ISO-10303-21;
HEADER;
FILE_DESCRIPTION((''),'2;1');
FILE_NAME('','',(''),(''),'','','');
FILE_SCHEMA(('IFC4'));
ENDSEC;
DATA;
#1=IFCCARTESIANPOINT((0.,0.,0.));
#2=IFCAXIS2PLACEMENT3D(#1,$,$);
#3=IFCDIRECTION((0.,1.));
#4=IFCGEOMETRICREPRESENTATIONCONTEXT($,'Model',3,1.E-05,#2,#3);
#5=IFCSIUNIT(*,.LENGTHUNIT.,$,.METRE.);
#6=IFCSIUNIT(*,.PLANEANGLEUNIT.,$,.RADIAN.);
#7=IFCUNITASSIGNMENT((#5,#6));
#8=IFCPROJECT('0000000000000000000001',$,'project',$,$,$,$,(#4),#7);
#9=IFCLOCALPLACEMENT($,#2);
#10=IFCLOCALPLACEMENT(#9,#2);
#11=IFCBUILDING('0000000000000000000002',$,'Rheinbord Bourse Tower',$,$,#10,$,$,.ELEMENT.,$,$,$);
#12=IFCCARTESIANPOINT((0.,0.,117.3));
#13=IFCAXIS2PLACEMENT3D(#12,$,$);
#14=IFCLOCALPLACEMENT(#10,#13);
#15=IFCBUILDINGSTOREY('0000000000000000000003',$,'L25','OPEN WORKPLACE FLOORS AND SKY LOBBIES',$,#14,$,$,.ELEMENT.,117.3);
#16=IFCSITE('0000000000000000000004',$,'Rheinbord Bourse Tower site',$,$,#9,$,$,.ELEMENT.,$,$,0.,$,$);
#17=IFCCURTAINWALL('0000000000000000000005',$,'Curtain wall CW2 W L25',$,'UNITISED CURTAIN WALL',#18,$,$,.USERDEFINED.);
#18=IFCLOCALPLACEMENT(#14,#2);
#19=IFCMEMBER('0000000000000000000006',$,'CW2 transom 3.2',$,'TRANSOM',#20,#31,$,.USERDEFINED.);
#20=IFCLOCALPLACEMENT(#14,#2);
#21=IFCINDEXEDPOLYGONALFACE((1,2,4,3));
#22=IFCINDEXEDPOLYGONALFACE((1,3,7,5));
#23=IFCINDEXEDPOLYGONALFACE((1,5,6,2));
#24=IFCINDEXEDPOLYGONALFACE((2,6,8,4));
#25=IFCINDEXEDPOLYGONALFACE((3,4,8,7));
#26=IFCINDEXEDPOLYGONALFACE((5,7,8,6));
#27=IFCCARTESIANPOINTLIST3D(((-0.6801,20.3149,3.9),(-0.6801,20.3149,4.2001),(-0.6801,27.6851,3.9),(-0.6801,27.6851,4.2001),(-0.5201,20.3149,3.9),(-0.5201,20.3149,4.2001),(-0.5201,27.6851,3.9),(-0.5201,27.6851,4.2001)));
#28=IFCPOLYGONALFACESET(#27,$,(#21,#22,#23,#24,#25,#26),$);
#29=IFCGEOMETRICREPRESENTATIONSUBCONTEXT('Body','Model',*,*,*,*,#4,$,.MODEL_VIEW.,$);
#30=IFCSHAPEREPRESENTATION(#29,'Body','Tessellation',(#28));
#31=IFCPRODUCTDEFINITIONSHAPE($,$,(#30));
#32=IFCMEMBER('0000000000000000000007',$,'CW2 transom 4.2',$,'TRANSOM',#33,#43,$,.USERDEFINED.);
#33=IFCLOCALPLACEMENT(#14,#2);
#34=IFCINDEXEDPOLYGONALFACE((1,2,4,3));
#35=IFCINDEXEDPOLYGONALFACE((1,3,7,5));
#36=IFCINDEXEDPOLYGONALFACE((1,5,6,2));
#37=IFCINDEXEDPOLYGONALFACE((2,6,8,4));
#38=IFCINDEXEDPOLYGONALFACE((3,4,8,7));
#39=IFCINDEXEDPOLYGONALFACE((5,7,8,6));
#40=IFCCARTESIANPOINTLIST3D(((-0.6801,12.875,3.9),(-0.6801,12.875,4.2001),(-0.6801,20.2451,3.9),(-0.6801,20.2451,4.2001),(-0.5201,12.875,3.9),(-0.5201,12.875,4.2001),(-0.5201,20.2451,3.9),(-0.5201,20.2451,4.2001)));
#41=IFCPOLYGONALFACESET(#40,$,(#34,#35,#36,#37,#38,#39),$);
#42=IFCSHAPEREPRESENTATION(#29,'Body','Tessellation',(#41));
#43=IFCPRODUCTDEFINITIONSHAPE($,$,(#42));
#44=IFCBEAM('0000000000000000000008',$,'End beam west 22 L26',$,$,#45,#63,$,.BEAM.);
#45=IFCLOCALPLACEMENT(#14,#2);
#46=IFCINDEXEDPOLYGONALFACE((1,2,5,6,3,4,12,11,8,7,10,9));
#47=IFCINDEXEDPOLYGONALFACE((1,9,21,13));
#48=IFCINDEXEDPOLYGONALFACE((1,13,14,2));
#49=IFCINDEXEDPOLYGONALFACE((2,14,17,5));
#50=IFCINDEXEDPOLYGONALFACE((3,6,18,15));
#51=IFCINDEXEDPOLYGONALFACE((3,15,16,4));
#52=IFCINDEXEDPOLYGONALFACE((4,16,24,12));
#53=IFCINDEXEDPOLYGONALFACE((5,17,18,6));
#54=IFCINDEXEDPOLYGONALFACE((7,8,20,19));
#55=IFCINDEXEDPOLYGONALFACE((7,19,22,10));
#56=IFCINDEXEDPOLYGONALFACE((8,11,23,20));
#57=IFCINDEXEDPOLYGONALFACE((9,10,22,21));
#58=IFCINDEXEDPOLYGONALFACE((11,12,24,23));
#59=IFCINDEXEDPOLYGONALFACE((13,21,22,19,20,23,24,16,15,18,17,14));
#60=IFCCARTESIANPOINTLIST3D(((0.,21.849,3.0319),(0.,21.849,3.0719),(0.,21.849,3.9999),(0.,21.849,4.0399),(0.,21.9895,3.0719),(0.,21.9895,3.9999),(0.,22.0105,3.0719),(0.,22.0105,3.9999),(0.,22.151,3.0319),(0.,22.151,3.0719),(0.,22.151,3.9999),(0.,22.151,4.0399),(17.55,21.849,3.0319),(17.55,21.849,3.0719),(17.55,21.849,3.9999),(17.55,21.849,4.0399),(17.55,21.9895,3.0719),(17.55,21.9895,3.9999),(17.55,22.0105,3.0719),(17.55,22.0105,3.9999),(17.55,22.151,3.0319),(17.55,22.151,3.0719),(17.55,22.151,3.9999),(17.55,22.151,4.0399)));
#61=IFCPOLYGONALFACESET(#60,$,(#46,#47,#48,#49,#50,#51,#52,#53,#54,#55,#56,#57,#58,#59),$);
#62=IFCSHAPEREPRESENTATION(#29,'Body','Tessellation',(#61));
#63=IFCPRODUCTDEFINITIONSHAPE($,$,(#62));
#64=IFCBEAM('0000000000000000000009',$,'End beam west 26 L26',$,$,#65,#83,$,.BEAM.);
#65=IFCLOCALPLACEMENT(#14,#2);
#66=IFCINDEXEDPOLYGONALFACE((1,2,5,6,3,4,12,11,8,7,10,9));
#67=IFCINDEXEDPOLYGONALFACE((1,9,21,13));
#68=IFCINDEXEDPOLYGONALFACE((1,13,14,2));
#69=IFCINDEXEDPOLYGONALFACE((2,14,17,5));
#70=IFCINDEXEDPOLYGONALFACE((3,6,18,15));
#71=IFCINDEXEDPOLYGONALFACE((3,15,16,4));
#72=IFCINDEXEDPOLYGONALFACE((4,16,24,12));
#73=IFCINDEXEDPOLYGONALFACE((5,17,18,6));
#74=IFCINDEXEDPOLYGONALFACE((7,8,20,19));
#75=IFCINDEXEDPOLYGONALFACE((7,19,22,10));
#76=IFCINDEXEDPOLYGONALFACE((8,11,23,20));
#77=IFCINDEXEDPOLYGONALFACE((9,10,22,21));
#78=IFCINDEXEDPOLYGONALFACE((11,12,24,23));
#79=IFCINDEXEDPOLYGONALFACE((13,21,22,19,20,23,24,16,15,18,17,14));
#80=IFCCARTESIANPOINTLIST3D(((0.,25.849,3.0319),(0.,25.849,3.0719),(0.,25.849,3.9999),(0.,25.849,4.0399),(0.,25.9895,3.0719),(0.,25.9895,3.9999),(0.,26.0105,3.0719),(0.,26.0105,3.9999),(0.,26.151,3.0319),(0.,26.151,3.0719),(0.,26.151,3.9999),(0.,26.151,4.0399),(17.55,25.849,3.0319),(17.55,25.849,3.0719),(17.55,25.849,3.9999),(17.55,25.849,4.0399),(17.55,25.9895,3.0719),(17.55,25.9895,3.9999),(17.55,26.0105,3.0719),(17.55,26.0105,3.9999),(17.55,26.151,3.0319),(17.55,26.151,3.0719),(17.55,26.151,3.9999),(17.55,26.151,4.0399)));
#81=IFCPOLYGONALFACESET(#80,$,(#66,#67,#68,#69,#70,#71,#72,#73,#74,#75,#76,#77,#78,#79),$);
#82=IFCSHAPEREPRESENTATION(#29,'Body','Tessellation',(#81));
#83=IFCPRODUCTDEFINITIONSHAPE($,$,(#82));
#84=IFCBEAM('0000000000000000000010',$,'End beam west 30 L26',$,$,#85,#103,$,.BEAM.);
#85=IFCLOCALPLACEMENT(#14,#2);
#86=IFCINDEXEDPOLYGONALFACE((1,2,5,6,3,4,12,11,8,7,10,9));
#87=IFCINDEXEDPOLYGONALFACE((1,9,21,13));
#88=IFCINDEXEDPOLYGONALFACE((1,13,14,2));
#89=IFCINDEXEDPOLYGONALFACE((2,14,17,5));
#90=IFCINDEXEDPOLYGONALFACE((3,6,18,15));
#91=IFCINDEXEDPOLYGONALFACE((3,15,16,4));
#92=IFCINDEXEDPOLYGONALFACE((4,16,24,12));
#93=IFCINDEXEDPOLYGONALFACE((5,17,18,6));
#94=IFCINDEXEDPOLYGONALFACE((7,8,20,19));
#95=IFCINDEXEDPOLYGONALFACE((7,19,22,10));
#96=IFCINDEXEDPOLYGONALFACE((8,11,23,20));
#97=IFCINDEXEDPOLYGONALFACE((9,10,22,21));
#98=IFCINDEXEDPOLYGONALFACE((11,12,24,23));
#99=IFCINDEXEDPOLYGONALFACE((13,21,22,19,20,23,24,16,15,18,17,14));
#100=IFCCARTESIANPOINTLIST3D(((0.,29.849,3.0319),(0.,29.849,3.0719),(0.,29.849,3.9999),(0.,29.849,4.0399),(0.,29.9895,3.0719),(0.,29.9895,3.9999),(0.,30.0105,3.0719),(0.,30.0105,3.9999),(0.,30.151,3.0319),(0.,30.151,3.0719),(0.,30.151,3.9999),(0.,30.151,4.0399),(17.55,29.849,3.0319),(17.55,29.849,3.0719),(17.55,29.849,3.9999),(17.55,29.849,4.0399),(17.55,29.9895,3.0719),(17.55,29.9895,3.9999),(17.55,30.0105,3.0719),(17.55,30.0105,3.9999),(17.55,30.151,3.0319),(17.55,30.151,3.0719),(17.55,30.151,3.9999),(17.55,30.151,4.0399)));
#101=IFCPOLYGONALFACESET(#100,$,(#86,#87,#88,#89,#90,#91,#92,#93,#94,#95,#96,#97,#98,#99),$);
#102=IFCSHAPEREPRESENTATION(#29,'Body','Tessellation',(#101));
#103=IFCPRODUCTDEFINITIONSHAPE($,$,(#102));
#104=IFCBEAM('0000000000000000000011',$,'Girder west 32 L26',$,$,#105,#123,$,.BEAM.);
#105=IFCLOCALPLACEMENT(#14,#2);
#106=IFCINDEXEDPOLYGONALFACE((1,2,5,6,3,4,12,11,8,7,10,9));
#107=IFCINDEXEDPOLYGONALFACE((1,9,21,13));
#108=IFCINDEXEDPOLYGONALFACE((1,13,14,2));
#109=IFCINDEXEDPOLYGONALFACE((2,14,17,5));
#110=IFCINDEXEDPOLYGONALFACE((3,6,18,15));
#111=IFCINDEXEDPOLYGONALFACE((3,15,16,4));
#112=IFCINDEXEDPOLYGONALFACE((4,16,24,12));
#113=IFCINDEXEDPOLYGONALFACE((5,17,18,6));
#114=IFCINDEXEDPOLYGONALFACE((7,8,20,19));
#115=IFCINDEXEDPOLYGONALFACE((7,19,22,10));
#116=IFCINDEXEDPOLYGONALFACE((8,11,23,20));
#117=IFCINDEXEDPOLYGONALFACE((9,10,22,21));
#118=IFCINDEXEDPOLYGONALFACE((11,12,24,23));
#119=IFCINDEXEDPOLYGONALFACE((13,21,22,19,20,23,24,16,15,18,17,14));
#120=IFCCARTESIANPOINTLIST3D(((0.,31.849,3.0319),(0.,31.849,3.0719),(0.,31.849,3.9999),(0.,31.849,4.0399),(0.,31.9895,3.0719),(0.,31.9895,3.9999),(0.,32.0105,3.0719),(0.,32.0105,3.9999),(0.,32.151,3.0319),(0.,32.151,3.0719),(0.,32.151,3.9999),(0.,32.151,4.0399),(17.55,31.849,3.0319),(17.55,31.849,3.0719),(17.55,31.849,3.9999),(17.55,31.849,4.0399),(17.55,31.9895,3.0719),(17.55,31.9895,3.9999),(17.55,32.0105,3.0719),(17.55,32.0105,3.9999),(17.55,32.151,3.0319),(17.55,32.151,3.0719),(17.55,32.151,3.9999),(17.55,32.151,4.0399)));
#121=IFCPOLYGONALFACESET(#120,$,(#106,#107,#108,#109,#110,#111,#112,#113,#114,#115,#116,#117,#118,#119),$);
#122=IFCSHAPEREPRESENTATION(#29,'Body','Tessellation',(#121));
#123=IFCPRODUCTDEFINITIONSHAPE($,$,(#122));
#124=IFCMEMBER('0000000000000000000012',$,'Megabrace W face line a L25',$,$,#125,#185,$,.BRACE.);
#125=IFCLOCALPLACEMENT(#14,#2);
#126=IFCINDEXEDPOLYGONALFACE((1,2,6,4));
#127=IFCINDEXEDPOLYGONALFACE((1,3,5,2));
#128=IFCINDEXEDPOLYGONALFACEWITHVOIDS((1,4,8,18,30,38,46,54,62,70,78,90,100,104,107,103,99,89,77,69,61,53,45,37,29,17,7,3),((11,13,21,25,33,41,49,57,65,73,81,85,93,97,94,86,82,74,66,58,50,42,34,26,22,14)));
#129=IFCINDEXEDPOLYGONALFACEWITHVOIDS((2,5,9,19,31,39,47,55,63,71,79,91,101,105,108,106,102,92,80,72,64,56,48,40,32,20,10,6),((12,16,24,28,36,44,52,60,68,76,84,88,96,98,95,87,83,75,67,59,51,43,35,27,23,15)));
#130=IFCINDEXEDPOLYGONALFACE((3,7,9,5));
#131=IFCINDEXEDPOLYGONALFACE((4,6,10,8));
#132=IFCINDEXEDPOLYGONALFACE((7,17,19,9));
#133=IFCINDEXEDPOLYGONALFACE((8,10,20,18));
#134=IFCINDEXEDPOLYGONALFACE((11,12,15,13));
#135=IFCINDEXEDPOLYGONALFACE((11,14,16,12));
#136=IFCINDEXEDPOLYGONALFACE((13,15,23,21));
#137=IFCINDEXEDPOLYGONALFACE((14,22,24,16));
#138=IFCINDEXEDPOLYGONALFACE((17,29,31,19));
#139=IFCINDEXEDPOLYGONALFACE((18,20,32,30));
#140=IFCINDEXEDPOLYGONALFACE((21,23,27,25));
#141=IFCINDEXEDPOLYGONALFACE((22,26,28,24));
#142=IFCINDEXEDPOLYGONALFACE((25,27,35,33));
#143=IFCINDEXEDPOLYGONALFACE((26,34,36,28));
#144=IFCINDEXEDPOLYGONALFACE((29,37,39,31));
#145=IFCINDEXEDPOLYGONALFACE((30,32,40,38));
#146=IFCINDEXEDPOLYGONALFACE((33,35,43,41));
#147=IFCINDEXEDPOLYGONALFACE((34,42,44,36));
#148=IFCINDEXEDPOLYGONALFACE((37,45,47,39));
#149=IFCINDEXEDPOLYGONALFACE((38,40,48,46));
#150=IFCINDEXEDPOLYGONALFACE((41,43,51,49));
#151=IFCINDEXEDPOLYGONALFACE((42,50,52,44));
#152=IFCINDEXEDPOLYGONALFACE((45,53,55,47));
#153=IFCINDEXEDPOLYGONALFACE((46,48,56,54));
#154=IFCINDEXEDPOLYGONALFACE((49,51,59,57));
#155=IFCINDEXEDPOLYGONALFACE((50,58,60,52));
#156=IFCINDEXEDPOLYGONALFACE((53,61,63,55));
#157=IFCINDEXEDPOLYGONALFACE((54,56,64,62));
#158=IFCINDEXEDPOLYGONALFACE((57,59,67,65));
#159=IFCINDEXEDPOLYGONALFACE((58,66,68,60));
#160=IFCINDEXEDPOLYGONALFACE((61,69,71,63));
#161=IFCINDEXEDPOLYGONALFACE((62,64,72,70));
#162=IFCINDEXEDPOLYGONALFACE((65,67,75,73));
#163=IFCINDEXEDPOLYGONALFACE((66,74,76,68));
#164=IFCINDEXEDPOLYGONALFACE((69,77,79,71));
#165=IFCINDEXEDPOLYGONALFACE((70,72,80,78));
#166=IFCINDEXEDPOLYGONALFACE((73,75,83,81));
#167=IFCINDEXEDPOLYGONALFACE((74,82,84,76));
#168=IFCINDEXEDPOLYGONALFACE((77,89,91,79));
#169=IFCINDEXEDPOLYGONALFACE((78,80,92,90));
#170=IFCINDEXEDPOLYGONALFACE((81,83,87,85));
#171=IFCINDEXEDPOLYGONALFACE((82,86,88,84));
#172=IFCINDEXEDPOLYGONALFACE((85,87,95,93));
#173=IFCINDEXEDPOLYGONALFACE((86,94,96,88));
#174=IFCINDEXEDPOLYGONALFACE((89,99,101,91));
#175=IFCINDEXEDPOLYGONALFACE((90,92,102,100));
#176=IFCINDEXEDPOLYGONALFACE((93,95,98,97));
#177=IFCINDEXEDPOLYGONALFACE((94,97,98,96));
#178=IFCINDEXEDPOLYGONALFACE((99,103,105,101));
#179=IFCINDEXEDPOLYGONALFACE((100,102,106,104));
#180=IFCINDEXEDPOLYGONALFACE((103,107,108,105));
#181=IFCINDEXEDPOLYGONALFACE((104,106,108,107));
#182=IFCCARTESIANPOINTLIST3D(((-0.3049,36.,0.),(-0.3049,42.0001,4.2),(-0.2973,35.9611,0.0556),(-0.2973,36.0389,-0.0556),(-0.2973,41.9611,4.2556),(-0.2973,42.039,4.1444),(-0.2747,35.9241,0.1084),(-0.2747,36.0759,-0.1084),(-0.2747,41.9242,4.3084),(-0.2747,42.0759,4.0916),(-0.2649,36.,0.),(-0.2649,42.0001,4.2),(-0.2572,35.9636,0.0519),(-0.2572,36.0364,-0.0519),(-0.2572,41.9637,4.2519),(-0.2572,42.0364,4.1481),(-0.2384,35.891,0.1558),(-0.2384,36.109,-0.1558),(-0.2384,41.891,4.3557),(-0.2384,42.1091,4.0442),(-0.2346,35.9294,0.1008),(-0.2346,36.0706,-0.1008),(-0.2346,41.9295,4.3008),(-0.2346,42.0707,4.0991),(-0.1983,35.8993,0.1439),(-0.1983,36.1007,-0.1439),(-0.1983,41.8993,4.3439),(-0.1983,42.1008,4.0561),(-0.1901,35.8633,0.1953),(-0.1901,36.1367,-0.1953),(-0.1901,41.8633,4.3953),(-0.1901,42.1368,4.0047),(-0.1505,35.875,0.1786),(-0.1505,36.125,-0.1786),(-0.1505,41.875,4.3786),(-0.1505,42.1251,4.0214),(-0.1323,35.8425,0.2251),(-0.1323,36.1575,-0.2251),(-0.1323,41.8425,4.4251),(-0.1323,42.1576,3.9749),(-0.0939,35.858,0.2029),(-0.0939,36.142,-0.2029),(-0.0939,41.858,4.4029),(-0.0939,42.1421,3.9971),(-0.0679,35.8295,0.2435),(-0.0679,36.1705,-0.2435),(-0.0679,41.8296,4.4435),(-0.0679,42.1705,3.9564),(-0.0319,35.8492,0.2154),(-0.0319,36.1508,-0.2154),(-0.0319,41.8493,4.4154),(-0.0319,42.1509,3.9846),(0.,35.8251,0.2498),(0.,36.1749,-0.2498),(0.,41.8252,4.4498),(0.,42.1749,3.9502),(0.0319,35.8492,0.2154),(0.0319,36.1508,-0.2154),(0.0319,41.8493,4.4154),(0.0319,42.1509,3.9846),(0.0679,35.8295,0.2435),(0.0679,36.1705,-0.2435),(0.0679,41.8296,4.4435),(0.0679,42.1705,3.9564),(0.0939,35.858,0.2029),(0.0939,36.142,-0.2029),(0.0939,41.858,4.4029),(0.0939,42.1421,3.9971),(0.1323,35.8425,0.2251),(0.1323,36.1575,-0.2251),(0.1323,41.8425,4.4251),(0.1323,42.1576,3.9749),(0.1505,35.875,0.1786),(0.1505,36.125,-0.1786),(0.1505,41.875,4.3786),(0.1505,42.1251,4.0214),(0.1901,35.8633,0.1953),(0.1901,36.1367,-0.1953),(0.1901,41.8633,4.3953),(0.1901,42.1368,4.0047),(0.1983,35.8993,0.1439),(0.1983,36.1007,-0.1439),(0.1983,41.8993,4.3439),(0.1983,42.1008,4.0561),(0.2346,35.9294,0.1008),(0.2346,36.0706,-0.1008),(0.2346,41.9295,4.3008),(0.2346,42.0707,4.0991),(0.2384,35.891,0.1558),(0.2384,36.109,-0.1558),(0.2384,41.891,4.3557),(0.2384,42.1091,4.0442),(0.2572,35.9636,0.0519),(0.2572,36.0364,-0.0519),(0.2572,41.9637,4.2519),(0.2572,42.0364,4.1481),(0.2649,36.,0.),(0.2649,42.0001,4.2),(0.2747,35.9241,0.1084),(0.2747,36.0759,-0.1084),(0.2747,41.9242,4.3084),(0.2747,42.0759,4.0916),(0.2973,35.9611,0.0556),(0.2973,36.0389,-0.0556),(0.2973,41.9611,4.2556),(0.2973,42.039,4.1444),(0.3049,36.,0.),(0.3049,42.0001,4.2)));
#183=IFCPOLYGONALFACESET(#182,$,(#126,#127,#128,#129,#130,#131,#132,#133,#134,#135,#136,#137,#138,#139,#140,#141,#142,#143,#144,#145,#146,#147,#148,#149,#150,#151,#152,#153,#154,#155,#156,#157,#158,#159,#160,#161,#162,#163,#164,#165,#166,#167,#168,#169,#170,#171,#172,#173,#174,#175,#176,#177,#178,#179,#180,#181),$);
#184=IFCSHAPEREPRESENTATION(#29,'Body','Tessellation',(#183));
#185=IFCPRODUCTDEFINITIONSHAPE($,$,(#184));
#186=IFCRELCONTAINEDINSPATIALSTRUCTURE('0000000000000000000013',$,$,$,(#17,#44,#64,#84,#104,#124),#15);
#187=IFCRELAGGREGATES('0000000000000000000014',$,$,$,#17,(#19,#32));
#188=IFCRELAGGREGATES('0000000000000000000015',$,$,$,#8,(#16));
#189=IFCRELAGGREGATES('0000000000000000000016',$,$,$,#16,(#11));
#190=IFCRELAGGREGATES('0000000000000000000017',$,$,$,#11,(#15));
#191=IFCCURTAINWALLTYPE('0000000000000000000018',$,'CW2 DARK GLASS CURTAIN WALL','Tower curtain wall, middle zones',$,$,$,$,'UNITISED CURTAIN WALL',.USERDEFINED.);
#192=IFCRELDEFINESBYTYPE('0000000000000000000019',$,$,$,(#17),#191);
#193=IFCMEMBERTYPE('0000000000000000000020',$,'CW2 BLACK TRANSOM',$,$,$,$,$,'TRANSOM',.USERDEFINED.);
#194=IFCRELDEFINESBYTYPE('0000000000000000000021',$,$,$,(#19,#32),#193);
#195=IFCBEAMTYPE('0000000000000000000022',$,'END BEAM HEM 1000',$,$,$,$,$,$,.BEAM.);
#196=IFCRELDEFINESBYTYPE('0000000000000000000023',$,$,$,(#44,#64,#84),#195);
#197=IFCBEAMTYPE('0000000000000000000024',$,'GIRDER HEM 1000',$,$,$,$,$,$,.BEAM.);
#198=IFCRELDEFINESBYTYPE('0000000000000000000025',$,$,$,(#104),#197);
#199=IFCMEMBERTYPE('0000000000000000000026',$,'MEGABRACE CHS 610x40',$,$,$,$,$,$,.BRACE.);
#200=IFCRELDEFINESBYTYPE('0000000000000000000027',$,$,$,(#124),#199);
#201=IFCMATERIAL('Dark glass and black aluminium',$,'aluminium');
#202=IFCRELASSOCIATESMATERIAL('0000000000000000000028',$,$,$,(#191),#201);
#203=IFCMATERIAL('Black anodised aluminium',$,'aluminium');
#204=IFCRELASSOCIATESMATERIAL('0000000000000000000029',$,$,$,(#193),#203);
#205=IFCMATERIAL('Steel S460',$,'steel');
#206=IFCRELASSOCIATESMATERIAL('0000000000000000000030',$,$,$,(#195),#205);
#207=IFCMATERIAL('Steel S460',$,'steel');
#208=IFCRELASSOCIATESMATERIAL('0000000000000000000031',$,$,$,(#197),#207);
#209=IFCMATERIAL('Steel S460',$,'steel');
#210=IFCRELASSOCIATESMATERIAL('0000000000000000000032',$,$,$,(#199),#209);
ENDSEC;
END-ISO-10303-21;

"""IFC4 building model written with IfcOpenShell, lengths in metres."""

from ifc_helpers import new_model, si_unit, direction, frame, origin, origin_2d, place, context, subcontext, project, spatial, rectangle, hollow_circle, i_section, extrude, material, material_profile, profile_set, type_object, element, aggregate, save


model = new_model("IFC4")

# Units and contexts
model_context = context("Model", 3, precision=1e-05, world=origin(), true_north=direction((0.0, 1.0)))
body_context = subcontext(model_context, "Body", "Model", "MODEL_VIEW")
ifc_project = project(units=[si_unit("LENGTHUNIT", "METRE"), si_unit("PLANEANGLEUNIT", "RADIAN")], contexts=[model_context])

# Site, building, storey
site_placement = place(None, origin())
site = spatial("IfcSite", under=ifc_project, at=site_placement, Name="Rheinbord Bourse Tower site", CompositionType="ELEMENT", RefElevation=0.0)
building_placement = place(site_placement, origin())
building = spatial("IfcBuilding", under=site, at=building_placement, Name="Rheinbord Bourse Tower", CompositionType="ELEMENT")
storey_placement = place(building_placement, frame((0.0, 0.0, 117.3)))
storey = spatial("IfcBuildingStorey", under=building, at=storey_placement, Name="L25", Description="OPEN WORKPLACE FLOORS AND SKY LOBBIES", CompositionType="ELEMENT", Elevation=117.3)

# Curtain wall, members
ifc_material_1 = material(Name="Dark glass and black aluminium", Category="aluminium")
curtain_wall_type = type_object("IfcCurtainWallType", Name="CW2 DARK GLASS CURTAIN WALL", Description="Tower curtain wall, middle zones", ElementType="UNITISED CURTAIN WALL", PredefinedType="USERDEFINED", material=ifc_material_1)
curtain_wall_placement = place(storey_placement, origin())
curtain_wall = element("IfcCurtainWall", 1, at=curtain_wall_placement, inside=storey, type_object=curtain_wall_type, Name="Curtain wall CW2 W L25", ObjectType="UNITISED CURTAIN WALL", PredefinedType="USERDEFINED")
ifc_material_2 = material(Name="Black anodised aluminium", Category="aluminium")
ifc_material_profile_1 = material_profile(ifc_material_2, rectangle(XDim=0.1599, YDim=0.3, at=origin_2d()), Name="CW2 TRANSOM 300x160")
ifc_profile_set_1 = profile_set([ifc_material_profile_1], Name="Black anodised aluminium")
member_type_1 = type_object("IfcMemberType", Name="CW2 BLACK TRANSOM", ElementType="TRANSOM", PredefinedType="USERDEFINED", material=ifc_profile_set_1)
member_1_placement = place(storey_placement, frame((-0.6001, 27.6851, 4.05), z_axis=(0.0, -1.0, 0.0), x_axis=(1.0, 0.0, 0.0)))
member_1 = element("IfcMember", 2, at=member_1_placement, type_object=member_type_1, Name="CW2 transom 3.2", ObjectType="TRANSOM", PredefinedType="USERDEFINED", context=body_context, shape_type="SweptSolid", body=[
    extrude(rectangle(XDim=0.1599, YDim=0.3, at=origin_2d()), origin(), (0.0, 0.0, 1.0), 7.3701),
])
member_2_placement = place(storey_placement, frame((-0.6001, 20.2451, 4.05), z_axis=(0.0, -1.0, 0.0), x_axis=(1.0, 0.0, 0.0)))
member_2 = element("IfcMember", 3, at=member_2_placement, type_object=member_type_1, Name="CW2 transom 4.2", ObjectType="TRANSOM", PredefinedType="USERDEFINED", context=body_context, shape_type="SweptSolid", body=[
    extrude(rectangle(XDim=0.1599, YDim=0.3, at=origin_2d()), origin(), (0.0, 0.0, 1.0), 7.3701),
])

# Beams
ifc_material_3 = material(Name="Steel S460", Category="steel")
ifc_material_profile_2 = material_profile(ifc_material_3, i_section(OverallWidth=0.302, OverallDepth=1.0081, WebThickness=0.021, FlangeThickness=0.04, at=origin_2d()), Name="HEM 1000")
ifc_profile_set_2 = profile_set([ifc_material_profile_2], Name="Steel S460")
beam_type_1 = type_object("IfcBeamType", Name="END BEAM HEM 1000", PredefinedType="BEAM", material=ifc_profile_set_2)
for number, where, z_axis, x_axis, name in (
    (4, (0.0, 22.0, 3.5359), (1.0, 0.0, 0.0), (0.0, 1.0, 0.0), "End beam west 22 L26"),
    (5, (0.0, 26.0, 3.5359), (1.0, 0.0, 0.0), (0.0, 1.0, 0.0), "End beam west 26 L26"),
    (6, (0.0, 30.0, 3.5359), (1.0, 0.0, 0.0), (0.0, 1.0, 0.0), "End beam west 30 L26"),
):
    element("IfcBeam", number, at=place(storey_placement, frame(where, z_axis=z_axis, x_axis=x_axis)), inside=storey, type_object=beam_type_1, Name=name, PredefinedType="BEAM", context=body_context, shape_type="SweptSolid", body=[
        extrude(i_section(OverallWidth=0.302, OverallDepth=1.0081, WebThickness=0.021, FlangeThickness=0.04, at=origin_2d()), origin(), (0.0, 0.0, 1.0), 17.55),
    ])
ifc_material_4 = material(Name="Steel S460", Category="steel")
ifc_material_profile_3 = material_profile(ifc_material_4, i_section(OverallWidth=0.302, OverallDepth=1.0081, WebThickness=0.021, FlangeThickness=0.04, at=origin_2d()), Name="HEM 1000")
ifc_profile_set_3 = profile_set([ifc_material_profile_3], Name="Steel S460")
beam_type_2 = type_object("IfcBeamType", Name="GIRDER HEM 1000", PredefinedType="BEAM", material=ifc_profile_set_3)
beam_placement = place(storey_placement, frame((0.0, 32.0, 3.5359), z_axis=(1.0, 0.0, 0.0), x_axis=(0.0, 1.0, 0.0)))
element("IfcBeam", 7, at=beam_placement, inside=storey, type_object=beam_type_2, Name="Girder west 32 L26", PredefinedType="BEAM", context=body_context, shape_type="SweptSolid", body=[
    extrude(i_section(OverallWidth=0.302, OverallDepth=1.0081, WebThickness=0.021, FlangeThickness=0.04, at=origin_2d()), origin(), (0.0, 0.0, 1.0), 17.55),
])

# Member
ifc_material_5 = material(Name="Steel S460", Category="steel")
ifc_material_profile_4 = material_profile(ifc_material_5, hollow_circle(Radius=0.3049, WallThickness=0.04, at=origin_2d()), Name="CHS 610x40")
ifc_profile_set_4 = profile_set([ifc_material_profile_4], Name="Steel S460")
member_type_2 = type_object("IfcMemberType", Name="MEGABRACE CHS 610x40", PredefinedType="BRACE", material=ifc_profile_set_4)
member_3_placement = place(storey_placement, frame((0.0, 36.0, 0.0), z_axis=(0.0, 0.819235, 0.573458), x_axis=(-1.0, 0.0, 0.0)))
element("IfcMember", 8, at=member_3_placement, inside=storey, type_object=member_type_2, Name="Megabrace W face line a L25", PredefinedType="BRACE", context=body_context, shape_type="SweptSolid", body=[
    extrude(hollow_circle(Radius=0.3049, WallThickness=0.04, at=origin_2d()), origin(), (0.0, 0.0, 1.0), 7.324),
])

aggregate(curtain_wall, [member_1, member_2])

save(model, "model.ifc")
